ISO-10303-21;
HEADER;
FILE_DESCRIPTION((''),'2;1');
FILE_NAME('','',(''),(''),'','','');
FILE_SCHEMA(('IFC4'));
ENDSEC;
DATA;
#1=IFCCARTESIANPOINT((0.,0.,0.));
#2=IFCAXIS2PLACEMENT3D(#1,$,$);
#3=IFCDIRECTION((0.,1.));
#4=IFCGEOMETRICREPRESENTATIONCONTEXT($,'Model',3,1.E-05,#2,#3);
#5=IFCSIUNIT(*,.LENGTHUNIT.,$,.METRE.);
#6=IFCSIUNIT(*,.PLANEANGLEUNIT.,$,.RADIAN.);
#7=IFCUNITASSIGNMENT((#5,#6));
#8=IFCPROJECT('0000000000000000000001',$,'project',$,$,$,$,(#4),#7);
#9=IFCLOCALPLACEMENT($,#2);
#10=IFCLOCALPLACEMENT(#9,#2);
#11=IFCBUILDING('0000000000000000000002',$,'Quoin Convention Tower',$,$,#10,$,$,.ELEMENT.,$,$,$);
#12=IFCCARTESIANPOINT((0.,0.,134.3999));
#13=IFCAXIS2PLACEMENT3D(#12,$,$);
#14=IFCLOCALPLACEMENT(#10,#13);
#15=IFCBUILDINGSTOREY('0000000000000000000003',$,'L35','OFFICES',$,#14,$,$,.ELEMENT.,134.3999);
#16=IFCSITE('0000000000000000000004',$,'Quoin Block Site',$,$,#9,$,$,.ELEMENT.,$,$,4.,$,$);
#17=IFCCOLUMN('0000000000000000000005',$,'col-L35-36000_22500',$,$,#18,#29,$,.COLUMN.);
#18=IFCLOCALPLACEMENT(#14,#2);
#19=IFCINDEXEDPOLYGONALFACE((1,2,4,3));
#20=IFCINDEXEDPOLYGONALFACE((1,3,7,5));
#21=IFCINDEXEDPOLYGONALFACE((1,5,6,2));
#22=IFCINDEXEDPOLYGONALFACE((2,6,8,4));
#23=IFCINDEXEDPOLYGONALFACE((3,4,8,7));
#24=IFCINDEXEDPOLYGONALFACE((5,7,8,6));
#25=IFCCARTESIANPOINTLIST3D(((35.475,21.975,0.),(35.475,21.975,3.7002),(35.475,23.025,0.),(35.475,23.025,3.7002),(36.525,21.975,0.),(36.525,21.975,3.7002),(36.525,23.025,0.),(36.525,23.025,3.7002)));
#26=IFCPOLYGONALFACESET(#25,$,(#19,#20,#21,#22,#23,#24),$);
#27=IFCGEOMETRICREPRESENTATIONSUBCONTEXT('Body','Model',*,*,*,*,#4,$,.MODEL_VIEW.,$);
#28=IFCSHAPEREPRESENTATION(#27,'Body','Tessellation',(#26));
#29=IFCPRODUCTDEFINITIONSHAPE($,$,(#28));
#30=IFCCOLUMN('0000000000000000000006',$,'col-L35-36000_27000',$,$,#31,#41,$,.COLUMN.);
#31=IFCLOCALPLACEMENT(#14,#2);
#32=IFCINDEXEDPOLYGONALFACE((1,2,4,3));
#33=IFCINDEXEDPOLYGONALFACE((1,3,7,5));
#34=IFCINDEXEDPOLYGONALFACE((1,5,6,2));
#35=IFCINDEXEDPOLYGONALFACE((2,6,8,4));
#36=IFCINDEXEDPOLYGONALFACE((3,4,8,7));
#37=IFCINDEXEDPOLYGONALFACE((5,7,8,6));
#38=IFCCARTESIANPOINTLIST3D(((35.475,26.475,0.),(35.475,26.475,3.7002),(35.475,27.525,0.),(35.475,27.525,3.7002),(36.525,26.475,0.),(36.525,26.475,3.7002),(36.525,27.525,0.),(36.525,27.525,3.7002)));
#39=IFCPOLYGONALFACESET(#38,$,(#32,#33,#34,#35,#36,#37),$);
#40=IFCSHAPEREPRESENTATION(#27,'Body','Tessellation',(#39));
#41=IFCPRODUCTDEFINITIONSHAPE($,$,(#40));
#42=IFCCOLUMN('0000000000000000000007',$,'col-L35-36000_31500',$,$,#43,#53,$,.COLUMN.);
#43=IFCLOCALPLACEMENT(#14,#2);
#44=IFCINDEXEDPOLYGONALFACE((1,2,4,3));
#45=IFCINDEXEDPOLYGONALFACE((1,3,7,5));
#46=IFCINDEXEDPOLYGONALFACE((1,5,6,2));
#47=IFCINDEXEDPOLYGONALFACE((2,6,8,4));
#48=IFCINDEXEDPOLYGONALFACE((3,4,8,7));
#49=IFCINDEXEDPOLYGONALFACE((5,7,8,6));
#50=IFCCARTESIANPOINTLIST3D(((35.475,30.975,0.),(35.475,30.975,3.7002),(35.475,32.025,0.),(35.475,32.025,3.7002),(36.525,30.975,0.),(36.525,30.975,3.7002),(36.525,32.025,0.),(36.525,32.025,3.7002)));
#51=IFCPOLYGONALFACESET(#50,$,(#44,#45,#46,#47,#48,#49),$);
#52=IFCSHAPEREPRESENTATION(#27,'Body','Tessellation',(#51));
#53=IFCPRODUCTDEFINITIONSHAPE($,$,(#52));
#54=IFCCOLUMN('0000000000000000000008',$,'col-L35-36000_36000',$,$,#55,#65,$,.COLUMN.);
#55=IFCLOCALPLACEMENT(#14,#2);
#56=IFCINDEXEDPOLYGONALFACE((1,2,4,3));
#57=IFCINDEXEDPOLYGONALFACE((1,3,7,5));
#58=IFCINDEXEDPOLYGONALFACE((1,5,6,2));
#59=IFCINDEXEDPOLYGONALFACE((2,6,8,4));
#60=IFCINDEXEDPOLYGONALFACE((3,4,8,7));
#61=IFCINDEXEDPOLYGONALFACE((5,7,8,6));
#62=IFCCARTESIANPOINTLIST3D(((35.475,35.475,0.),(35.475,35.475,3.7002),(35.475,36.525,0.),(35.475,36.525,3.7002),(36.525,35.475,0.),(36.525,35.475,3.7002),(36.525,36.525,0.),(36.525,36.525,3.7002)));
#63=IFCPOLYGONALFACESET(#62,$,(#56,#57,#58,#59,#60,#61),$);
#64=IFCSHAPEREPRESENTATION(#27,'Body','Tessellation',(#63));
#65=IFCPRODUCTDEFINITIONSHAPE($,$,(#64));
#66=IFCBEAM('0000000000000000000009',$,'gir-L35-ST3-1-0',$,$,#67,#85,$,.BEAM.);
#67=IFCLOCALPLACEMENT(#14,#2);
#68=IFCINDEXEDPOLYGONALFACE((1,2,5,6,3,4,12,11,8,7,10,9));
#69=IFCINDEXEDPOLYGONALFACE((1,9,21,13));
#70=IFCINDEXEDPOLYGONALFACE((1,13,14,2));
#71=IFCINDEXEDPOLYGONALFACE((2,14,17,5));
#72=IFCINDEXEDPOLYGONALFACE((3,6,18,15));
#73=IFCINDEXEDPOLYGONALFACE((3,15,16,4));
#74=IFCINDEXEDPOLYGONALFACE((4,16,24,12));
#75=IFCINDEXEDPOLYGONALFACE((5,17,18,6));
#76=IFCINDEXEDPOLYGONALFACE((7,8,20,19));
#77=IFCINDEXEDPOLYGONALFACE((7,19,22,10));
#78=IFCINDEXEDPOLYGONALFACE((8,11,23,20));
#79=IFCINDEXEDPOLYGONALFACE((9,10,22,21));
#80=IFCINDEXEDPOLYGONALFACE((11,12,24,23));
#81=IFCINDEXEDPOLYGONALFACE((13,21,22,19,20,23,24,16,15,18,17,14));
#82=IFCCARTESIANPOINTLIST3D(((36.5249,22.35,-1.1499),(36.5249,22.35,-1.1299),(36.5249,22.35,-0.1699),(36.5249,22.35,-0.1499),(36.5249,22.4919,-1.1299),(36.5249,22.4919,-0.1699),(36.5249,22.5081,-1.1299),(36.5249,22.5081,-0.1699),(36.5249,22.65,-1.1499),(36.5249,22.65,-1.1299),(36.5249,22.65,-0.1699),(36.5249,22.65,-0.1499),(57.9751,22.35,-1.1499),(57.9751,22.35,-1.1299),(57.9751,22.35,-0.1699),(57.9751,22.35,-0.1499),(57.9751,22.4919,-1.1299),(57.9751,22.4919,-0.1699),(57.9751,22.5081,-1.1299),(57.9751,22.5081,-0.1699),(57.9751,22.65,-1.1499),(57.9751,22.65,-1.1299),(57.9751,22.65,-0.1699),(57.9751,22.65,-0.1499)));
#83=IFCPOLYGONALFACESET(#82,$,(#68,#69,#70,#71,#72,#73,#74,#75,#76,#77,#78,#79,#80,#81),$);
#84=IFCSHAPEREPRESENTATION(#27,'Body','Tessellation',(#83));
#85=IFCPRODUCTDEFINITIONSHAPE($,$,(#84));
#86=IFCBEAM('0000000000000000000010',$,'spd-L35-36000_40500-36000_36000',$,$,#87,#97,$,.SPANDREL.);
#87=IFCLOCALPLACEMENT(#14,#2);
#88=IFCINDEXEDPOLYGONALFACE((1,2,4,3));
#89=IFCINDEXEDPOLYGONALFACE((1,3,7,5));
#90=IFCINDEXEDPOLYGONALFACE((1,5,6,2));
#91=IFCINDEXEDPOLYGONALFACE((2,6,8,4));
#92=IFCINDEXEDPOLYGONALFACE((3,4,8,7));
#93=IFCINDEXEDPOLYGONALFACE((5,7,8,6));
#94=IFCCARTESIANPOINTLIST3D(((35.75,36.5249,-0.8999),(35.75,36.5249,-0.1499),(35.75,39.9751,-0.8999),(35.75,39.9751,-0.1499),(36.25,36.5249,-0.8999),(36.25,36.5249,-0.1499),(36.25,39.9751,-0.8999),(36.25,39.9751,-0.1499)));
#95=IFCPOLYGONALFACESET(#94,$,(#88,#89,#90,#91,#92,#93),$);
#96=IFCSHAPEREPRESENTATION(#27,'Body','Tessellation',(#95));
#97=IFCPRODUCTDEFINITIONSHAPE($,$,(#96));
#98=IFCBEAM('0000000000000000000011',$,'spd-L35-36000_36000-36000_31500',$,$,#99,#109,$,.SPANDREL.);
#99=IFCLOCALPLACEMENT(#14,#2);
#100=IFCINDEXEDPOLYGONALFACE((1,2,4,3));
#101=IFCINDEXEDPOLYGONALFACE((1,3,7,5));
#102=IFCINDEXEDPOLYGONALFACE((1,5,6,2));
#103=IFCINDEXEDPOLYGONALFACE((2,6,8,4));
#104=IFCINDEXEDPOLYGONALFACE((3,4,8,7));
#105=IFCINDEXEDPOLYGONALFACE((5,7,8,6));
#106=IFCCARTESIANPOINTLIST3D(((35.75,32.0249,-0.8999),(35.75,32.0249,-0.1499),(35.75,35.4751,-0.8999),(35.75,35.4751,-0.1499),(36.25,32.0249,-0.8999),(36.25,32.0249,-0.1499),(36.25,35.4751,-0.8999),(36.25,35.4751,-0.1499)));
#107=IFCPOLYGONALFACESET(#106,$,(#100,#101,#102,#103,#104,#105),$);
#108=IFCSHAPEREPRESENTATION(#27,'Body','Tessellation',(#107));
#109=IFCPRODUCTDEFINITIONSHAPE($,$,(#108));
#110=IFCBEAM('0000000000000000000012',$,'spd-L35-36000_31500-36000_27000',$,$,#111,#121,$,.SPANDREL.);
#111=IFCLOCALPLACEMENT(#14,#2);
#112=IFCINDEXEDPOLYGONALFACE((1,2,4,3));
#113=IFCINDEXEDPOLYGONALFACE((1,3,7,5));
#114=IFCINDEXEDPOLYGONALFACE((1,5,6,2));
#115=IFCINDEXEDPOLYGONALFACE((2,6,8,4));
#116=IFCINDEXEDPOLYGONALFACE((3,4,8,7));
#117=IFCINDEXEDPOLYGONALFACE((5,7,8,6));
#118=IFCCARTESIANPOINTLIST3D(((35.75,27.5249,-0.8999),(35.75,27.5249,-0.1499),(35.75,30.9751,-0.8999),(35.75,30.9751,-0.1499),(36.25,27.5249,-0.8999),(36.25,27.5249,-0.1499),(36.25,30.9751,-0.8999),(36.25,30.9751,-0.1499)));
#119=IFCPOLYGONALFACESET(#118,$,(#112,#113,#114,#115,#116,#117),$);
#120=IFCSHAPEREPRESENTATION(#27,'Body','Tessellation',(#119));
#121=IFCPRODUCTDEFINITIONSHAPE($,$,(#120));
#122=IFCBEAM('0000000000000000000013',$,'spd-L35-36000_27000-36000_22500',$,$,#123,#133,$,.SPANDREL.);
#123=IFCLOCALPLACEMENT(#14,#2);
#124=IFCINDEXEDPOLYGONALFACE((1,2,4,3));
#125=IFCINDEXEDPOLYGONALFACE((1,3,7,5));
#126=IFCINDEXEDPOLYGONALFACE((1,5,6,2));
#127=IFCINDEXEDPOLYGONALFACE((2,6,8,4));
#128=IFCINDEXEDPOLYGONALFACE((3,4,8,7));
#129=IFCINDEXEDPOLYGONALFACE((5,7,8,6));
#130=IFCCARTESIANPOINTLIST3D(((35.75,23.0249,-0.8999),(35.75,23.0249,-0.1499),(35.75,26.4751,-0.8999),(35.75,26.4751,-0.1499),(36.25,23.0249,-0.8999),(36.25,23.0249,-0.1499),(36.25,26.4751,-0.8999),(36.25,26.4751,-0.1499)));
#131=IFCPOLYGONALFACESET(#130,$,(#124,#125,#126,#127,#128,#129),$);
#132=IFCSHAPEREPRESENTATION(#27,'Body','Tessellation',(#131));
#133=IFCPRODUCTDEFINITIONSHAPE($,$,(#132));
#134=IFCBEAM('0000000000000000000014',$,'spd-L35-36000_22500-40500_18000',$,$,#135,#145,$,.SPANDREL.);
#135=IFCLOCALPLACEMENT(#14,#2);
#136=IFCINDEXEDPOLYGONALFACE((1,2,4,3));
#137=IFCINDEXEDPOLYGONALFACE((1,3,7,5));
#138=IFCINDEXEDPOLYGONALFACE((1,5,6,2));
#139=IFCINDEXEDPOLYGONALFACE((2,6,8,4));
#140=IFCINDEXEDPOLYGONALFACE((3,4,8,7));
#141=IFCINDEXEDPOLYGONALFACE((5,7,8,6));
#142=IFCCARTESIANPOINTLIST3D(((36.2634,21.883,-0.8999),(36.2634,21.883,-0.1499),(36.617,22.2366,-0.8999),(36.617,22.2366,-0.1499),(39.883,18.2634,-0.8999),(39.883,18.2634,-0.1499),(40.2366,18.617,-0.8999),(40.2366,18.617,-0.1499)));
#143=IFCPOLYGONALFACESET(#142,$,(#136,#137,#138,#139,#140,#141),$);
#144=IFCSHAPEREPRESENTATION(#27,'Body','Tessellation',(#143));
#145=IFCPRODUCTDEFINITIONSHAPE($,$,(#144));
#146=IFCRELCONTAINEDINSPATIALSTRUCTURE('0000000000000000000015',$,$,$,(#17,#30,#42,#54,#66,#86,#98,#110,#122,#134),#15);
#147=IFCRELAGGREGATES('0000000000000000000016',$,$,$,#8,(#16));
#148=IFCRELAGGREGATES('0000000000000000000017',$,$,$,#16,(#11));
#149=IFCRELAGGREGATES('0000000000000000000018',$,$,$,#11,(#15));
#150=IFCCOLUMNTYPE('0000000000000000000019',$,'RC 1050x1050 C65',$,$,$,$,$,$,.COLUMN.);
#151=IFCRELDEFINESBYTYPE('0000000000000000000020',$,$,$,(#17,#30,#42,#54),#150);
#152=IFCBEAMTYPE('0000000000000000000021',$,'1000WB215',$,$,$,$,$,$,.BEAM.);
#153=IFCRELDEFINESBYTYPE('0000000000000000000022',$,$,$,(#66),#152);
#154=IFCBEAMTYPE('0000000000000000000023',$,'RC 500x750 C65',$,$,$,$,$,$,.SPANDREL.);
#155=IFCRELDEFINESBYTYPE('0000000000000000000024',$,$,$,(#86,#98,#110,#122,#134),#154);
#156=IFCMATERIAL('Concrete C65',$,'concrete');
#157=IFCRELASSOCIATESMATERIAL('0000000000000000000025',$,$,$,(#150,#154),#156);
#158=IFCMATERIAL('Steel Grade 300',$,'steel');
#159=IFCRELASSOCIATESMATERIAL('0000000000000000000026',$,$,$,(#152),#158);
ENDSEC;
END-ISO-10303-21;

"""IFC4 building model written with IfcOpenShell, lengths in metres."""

from ifc_helpers import new_model, si_unit, direction, frame, origin, origin_2d, place, context, subcontext, project, spatial, rectangle, i_section, extrude, material, material_profile, profile_set, type_object, element, save


model = new_model("IFC4")

# Units and contexts
model_context = context("Model", 3, precision=1e-05, world=origin(), true_north=direction((0.0, 1.0)))
body_context = subcontext(model_context, "Body", "Model", "MODEL_VIEW")
ifc_project = project(units=[si_unit("LENGTHUNIT", "METRE"), si_unit("PLANEANGLEUNIT", "RADIAN")], contexts=[model_context])

# Site, building, storey
site_placement = place(None, origin())
site = spatial("IfcSite", under=ifc_project, at=site_placement, Name="Quoin Block Site", CompositionType="ELEMENT", RefElevation=4.0)
building_placement = place(site_placement, origin())
building = spatial("IfcBuilding", under=site, at=building_placement, Name="Quoin Convention Tower", CompositionType="ELEMENT")
storey_placement = place(building_placement, frame((0.0, 0.0, 134.3999)))
storey = spatial("IfcBuildingStorey", under=building, at=storey_placement, Name="L35", Description="OFFICES", CompositionType="ELEMENT", Elevation=134.3999)

# Columns
ifc_material_1 = material(Name="Concrete C65", Category="concrete")
ifc_material_profile_1 = material_profile(ifc_material_1, rectangle(XDim=1.05, YDim=1.05, at=origin_2d()), Name="RC 1050x1050")
ifc_profile_set_1 = profile_set([ifc_material_profile_1], Name="Concrete C65")
column_type = type_object("IfcColumnType", Name="RC 1050x1050 C65", PredefinedType="COLUMN", material=ifc_profile_set_1)
for number, where, z_axis, x_axis, name in (
    (1, (36.0, 22.5, 0.0), (0.0, 0.0, 1.0), (1.0, 0.0, 0.0), "col-L35-36000_22500"),
    (2, (36.0, 27.0, 0.0), (0.0, 0.0, 1.0), (1.0, 0.0, 0.0), "col-L35-36000_27000"),
    (3, (36.0, 31.5, 0.0), (0.0, 0.0, 1.0), (1.0, 0.0, 0.0), "col-L35-36000_31500"),
    (4, (36.0, 36.0, 0.0), (0.0, 0.0, 1.0), (1.0, 0.0, 0.0), "col-L35-36000_36000"),
):
    element("IfcColumn", number, at=place(storey_placement, frame(where, z_axis=z_axis, x_axis=x_axis)), inside=storey, type_object=column_type, Name=name, PredefinedType="COLUMN", context=body_context, shape_type="SweptSolid", body=[
        extrude(rectangle(XDim=1.05, YDim=1.05, at=origin_2d()), origin(), (0.0, 0.0, 1.0), 3.7002),
    ])

# Beams
ifc_material_2 = material(Name="Steel Grade 300", Category="steel")
ifc_material_profile_2 = material_profile(ifc_material_2, i_section(OverallWidth=0.3, OverallDepth=1.0, WebThickness=0.0161, FlangeThickness=0.02, at=origin_2d()), Name="1000WB215")
ifc_profile_set_2 = profile_set([ifc_material_profile_2], Name="Steel Grade 300")
beam_type_1 = type_object("IfcBeamType", Name="1000WB215", PredefinedType="BEAM", material=ifc_profile_set_2)
beam_1_placement = place(storey_placement, frame((36.5249, 22.5, -0.6499), z_axis=(1.0, 0.0, 0.0), x_axis=(0.0, 1.0, 0.0)))
element("IfcBeam", 5, at=beam_1_placement, inside=storey, type_object=beam_type_1, Name="gir-L35-ST3-1-0", PredefinedType="BEAM", context=body_context, shape_type="SweptSolid", body=[
    extrude(i_section(OverallWidth=0.3, OverallDepth=1.0, WebThickness=0.0161, FlangeThickness=0.02, at=origin_2d()), origin(), (0.0, 0.0, 1.0), 21.4502),
])
ifc_material_profile_3 = material_profile(ifc_material_1, rectangle(XDim=0.5, YDim=0.75, at=origin_2d()), Name="RC 500x750")
ifc_profile_set_3 = profile_set([ifc_material_profile_3], Name="Concrete C65")
beam_type_2 = type_object("IfcBeamType", Name="RC 500x750 C65", PredefinedType="SPANDREL", material=ifc_profile_set_3)
for number, where, z_axis, x_axis, name in (
    (6, (36.0, 39.9751, -0.5249), (0.0, -1.0, 0.0), (1.0, 0.0, 0.0), "spd-L35-36000_40500-36000_36000"),
    (7, (36.0, 35.4751, -0.5249), (0.0, -1.0, 0.0), (1.0, 0.0, 0.0), "spd-L35-36000_36000-36000_31500"),
    (8, (36.0, 30.9751, -0.5249), (0.0, -1.0, 0.0), (1.0, 0.0, 0.0), "spd-L35-36000_31500-36000_27000"),
    (9, (36.0, 26.4751, -0.5249), (0.0, -1.0, 0.0), (1.0, 0.0, 0.0), "spd-L35-36000_27000-36000_22500"),
):
    element("IfcBeam", number, at=place(storey_placement, frame(where, z_axis=z_axis, x_axis=x_axis)), inside=storey, type_object=beam_type_2, Name=name, PredefinedType="SPANDREL", context=body_context, shape_type="SweptSolid", body=[
        extrude(rectangle(XDim=0.5, YDim=0.75, at=origin_2d()), origin(), (0.0, 0.0, 1.0), 3.4502),
    ])
beam_2_placement = place(storey_placement, frame((36.4402, 22.0598, -0.5249), z_axis=(0.707107, -0.707107, 0.0), x_axis=(0.707107, 0.707107, 0.0)))
element("IfcBeam", 10, at=beam_2_placement, inside=storey, type_object=beam_type_2, Name="spd-L35-36000_22500-40500_18000", PredefinedType="SPANDREL", context=body_context, shape_type="SweptSolid", body=[
    extrude(rectangle(XDim=0.5, YDim=0.75, at=origin_2d()), origin(), (0.0, 0.0, 1.0), 5.1189),
])

save(model, "model.ifc")
